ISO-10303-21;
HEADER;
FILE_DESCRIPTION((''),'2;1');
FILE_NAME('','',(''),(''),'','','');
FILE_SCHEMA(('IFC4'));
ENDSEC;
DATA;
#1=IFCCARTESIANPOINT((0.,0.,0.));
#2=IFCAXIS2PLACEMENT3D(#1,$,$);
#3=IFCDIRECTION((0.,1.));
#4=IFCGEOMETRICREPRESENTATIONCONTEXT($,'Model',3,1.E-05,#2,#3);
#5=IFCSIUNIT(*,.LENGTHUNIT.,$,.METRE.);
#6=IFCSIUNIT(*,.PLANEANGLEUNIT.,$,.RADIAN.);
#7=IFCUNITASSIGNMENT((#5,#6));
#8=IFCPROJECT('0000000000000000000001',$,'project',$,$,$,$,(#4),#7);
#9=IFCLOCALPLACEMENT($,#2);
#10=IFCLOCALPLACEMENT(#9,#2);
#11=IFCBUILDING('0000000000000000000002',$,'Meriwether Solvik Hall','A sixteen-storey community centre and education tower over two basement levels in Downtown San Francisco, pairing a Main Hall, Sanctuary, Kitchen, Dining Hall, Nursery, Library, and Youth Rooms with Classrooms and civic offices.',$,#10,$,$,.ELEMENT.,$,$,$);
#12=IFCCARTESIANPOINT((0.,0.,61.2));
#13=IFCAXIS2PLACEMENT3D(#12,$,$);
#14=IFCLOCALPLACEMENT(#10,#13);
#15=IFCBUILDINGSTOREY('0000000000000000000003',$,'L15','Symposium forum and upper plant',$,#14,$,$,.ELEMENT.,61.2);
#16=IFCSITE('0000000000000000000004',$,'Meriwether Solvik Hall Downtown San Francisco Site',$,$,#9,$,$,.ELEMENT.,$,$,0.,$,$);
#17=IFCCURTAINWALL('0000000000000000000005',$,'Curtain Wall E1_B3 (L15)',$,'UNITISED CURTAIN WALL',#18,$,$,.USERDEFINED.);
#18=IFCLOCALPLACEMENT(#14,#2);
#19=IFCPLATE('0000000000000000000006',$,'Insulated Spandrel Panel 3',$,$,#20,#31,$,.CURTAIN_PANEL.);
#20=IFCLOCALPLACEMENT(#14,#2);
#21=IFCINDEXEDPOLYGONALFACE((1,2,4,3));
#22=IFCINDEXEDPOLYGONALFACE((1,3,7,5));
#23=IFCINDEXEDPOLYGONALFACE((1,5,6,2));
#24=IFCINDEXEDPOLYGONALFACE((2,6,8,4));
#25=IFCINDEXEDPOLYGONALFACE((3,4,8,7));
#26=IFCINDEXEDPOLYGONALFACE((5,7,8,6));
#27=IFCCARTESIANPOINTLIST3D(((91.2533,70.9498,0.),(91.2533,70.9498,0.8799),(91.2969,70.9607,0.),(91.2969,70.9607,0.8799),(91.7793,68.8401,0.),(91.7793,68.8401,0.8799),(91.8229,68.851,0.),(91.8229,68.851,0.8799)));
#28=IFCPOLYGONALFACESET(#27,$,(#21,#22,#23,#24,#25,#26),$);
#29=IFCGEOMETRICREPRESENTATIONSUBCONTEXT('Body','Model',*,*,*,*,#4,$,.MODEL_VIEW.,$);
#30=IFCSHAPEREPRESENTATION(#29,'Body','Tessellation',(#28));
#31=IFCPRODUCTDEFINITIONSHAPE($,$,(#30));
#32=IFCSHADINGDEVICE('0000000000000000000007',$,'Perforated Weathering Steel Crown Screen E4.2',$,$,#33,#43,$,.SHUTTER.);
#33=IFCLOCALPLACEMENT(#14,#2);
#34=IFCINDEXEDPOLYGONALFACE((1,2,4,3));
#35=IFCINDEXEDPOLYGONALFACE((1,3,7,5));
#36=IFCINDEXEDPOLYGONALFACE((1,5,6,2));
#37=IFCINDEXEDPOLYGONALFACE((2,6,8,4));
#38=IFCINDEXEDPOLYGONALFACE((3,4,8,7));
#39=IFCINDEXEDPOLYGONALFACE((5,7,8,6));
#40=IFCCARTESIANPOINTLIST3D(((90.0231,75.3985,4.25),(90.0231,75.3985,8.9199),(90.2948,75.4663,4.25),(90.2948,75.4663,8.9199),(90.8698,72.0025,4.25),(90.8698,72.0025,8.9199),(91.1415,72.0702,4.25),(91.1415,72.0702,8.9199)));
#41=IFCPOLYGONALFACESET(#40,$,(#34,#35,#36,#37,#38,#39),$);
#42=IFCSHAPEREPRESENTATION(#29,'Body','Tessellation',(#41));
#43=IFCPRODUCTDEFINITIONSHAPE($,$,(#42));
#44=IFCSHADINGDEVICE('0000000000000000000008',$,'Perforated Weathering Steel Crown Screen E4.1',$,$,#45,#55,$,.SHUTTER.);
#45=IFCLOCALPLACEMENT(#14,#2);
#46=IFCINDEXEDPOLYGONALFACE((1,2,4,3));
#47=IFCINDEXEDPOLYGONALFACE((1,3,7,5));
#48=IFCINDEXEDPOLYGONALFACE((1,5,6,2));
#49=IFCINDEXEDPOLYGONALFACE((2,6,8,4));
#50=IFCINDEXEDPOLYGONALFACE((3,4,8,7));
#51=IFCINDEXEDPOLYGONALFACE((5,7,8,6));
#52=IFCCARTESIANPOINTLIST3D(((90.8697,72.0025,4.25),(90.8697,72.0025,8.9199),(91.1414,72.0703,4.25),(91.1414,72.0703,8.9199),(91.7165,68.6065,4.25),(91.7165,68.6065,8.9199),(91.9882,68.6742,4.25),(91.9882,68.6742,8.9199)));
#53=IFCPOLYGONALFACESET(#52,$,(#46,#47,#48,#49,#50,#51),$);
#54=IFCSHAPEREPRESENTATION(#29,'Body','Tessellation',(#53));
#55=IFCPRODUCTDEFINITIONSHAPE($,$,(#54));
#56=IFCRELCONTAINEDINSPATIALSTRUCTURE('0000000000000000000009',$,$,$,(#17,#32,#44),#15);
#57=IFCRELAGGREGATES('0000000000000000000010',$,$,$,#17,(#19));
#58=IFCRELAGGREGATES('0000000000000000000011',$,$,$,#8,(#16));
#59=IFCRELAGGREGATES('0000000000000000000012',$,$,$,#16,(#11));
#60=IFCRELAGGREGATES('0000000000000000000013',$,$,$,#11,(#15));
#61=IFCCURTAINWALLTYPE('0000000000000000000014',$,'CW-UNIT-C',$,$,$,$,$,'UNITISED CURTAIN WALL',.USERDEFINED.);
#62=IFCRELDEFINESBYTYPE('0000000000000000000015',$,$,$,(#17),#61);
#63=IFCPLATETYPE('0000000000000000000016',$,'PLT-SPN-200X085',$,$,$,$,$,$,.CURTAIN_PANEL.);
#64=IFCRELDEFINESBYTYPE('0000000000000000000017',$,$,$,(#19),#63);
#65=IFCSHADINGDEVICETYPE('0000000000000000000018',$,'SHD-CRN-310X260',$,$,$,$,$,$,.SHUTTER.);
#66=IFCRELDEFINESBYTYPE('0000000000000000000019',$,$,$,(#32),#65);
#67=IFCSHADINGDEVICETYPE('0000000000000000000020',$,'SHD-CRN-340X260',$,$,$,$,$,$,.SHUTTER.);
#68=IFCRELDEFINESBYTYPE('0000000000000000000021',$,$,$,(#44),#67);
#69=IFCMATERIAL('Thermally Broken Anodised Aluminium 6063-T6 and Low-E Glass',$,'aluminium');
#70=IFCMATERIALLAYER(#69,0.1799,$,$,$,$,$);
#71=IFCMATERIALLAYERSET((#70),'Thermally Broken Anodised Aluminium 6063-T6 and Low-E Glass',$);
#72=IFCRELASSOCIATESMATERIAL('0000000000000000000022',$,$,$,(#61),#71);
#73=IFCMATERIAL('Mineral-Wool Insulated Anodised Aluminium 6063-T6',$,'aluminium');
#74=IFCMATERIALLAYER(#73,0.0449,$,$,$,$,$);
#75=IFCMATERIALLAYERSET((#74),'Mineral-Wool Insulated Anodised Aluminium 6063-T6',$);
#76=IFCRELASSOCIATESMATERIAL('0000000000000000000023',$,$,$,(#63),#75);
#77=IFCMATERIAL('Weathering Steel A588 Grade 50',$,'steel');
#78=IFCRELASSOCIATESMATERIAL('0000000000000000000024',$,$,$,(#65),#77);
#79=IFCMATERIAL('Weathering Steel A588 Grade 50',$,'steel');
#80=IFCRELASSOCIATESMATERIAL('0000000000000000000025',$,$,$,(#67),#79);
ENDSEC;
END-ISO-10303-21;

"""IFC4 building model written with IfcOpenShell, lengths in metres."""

from ifc_helpers import new_model, si_unit, direction, frame, origin, origin_2d, place, context, subcontext, project, spatial, rectangle, extrude, material, layer, layer_set, type_object, element, aggregate, save


model = new_model("IFC4")

# Units and contexts
model_context = context("Model", 3, precision=1e-05, world=origin(), true_north=direction((0.0, 1.0)))
body_context = subcontext(model_context, "Body", "Model", "MODEL_VIEW")
ifc_project = project(units=[si_unit("LENGTHUNIT", "METRE"), si_unit("PLANEANGLEUNIT", "RADIAN")], contexts=[model_context])

# Site, building, storey
site_placement = place(None, origin())
site = spatial("IfcSite", under=ifc_project, at=site_placement, Name="Meriwether Solvik Hall Downtown San Francisco Site", CompositionType="ELEMENT", RefElevation=0.0)
building_placement = place(site_placement, origin())
building = spatial("IfcBuilding", under=site, at=building_placement, Name="Meriwether Solvik Hall", Description="A sixteen-storey community centre and education tower over two basement levels in Downtown San Francisco, pairing a Main Hall, Sanctuary, Kitchen, Dining Hall, Nursery, Library, and Youth Rooms with Classrooms and civic offices.", CompositionType="ELEMENT")
storey_placement = place(building_placement, frame((0.0, 0.0, 61.2)))
storey = spatial("IfcBuildingStorey", under=building, at=storey_placement, Name="L15", Description="Symposium forum and upper plant", CompositionType="ELEMENT", Elevation=61.2)

# Curtain wall
ifc_material_1 = material(Name="Thermally Broken Anodised Aluminium 6063-T6 and Low-E Glass", Category="aluminium")
ifc_layer_1 = layer(ifc_material_1, 0.1799)
ifc_layer_set_1 = layer_set([ifc_layer_1], Name="Thermally Broken Anodised Aluminium 6063-T6 and Low-E Glass")
curtain_wall_type_1 = type_object("IfcCurtainWallType", Name="CW-UNIT-C", ElementType="UNITISED CURTAIN WALL", PredefinedType="USERDEFINED", material=ifc_layer_set_1)
curtain_wall_1_placement = place(storey_placement, origin())
curtain_wall_1 = element("IfcCurtainWall", 1, at=curtain_wall_1_placement, inside=storey, type_object=curtain_wall_type_1, Name="Curtain Wall E1_B3 (L15)", ObjectType="UNITISED CURTAIN WALL", PredefinedType="USERDEFINED")

# Plate
ifc_material_2 = material(Name="Mineral-Wool Insulated Anodised Aluminium 6063-T6", Category="aluminium")
ifc_layer_2 = layer(ifc_material_2, 0.0449)
ifc_layer_set_2 = layer_set([ifc_layer_2], Name="Mineral-Wool Insulated Anodised Aluminium 6063-T6")
plate_type_1 = type_object("IfcPlateType", Name="PLT-SPN-200X085", PredefinedType="CURTAIN_PANEL", material=ifc_layer_set_2)
plate_1_placement = place(storey_placement, frame((91.5381, 69.9004, 0.0), z_axis=(0.0, 0.0, 1.0), x_axis=(0.241922, -0.970296, 0.0)))
plate_1 = element("IfcPlate", 2, at=plate_1_placement, type_object=plate_type_1, Name="Insulated Spandrel Panel 3", PredefinedType="CURTAIN_PANEL", context=body_context, shape_type="SweptSolid", body=[
    extrude(rectangle(XDim=2.1743, YDim=0.0449, at=origin_2d()), origin(), (0.0, 0.0, 1.0), 0.8799),
])
aggregate(curtain_wall_1, [plate_1])

# Shading devices
ifc_material_3 = material(Name="Weathering Steel A588 Grade 50", Category="steel")
shading_device_type_1 = type_object("IfcShadingDeviceType", Name="SHD-CRN-310X260", PredefinedType="SHUTTER", material=ifc_material_3)
shading_device_1_placement = place(storey_placement, frame((90.5823, 73.7344, 4.25), z_axis=(0.0, 0.0, 1.0), x_axis=(-0.241922, 0.970296, 0.0)))
element("IfcShadingDevice", 3, at=shading_device_1_placement, inside=storey, type_object=shading_device_type_1, Name="Perforated Weathering Steel Crown Screen E4.2", PredefinedType="SHUTTER", context=body_context, shape_type="SweptSolid", body=[
    extrude(rectangle(XDim=3.5, YDim=0.28, at=origin_2d()), origin(), (0.0, 0.0, 1.0), 4.6699),
])
ifc_material_4 = material(Name="Weathering Steel A588 Grade 50", Category="steel")
shading_device_type_2 = type_object("IfcShadingDeviceType", Name="SHD-CRN-340X260", PredefinedType="SHUTTER", material=ifc_material_4)
shading_device_2_placement = place(storey_placement, frame((91.429, 70.3384, 4.25), z_axis=(0.0, 0.0, 1.0), x_axis=(-0.241922, 0.970296, 0.0)))
element("IfcShadingDevice", 4, at=shading_device_2_placement, inside=storey, type_object=shading_device_type_2, Name="Perforated Weathering Steel Crown Screen E4.1", PredefinedType="SHUTTER", context=body_context, shape_type="SweptSolid", body=[
    extrude(rectangle(XDim=3.5, YDim=0.28, at=origin_2d()), origin(), (0.0, 0.0, 1.0), 4.6699),
])

save(model, "model.ifc")
